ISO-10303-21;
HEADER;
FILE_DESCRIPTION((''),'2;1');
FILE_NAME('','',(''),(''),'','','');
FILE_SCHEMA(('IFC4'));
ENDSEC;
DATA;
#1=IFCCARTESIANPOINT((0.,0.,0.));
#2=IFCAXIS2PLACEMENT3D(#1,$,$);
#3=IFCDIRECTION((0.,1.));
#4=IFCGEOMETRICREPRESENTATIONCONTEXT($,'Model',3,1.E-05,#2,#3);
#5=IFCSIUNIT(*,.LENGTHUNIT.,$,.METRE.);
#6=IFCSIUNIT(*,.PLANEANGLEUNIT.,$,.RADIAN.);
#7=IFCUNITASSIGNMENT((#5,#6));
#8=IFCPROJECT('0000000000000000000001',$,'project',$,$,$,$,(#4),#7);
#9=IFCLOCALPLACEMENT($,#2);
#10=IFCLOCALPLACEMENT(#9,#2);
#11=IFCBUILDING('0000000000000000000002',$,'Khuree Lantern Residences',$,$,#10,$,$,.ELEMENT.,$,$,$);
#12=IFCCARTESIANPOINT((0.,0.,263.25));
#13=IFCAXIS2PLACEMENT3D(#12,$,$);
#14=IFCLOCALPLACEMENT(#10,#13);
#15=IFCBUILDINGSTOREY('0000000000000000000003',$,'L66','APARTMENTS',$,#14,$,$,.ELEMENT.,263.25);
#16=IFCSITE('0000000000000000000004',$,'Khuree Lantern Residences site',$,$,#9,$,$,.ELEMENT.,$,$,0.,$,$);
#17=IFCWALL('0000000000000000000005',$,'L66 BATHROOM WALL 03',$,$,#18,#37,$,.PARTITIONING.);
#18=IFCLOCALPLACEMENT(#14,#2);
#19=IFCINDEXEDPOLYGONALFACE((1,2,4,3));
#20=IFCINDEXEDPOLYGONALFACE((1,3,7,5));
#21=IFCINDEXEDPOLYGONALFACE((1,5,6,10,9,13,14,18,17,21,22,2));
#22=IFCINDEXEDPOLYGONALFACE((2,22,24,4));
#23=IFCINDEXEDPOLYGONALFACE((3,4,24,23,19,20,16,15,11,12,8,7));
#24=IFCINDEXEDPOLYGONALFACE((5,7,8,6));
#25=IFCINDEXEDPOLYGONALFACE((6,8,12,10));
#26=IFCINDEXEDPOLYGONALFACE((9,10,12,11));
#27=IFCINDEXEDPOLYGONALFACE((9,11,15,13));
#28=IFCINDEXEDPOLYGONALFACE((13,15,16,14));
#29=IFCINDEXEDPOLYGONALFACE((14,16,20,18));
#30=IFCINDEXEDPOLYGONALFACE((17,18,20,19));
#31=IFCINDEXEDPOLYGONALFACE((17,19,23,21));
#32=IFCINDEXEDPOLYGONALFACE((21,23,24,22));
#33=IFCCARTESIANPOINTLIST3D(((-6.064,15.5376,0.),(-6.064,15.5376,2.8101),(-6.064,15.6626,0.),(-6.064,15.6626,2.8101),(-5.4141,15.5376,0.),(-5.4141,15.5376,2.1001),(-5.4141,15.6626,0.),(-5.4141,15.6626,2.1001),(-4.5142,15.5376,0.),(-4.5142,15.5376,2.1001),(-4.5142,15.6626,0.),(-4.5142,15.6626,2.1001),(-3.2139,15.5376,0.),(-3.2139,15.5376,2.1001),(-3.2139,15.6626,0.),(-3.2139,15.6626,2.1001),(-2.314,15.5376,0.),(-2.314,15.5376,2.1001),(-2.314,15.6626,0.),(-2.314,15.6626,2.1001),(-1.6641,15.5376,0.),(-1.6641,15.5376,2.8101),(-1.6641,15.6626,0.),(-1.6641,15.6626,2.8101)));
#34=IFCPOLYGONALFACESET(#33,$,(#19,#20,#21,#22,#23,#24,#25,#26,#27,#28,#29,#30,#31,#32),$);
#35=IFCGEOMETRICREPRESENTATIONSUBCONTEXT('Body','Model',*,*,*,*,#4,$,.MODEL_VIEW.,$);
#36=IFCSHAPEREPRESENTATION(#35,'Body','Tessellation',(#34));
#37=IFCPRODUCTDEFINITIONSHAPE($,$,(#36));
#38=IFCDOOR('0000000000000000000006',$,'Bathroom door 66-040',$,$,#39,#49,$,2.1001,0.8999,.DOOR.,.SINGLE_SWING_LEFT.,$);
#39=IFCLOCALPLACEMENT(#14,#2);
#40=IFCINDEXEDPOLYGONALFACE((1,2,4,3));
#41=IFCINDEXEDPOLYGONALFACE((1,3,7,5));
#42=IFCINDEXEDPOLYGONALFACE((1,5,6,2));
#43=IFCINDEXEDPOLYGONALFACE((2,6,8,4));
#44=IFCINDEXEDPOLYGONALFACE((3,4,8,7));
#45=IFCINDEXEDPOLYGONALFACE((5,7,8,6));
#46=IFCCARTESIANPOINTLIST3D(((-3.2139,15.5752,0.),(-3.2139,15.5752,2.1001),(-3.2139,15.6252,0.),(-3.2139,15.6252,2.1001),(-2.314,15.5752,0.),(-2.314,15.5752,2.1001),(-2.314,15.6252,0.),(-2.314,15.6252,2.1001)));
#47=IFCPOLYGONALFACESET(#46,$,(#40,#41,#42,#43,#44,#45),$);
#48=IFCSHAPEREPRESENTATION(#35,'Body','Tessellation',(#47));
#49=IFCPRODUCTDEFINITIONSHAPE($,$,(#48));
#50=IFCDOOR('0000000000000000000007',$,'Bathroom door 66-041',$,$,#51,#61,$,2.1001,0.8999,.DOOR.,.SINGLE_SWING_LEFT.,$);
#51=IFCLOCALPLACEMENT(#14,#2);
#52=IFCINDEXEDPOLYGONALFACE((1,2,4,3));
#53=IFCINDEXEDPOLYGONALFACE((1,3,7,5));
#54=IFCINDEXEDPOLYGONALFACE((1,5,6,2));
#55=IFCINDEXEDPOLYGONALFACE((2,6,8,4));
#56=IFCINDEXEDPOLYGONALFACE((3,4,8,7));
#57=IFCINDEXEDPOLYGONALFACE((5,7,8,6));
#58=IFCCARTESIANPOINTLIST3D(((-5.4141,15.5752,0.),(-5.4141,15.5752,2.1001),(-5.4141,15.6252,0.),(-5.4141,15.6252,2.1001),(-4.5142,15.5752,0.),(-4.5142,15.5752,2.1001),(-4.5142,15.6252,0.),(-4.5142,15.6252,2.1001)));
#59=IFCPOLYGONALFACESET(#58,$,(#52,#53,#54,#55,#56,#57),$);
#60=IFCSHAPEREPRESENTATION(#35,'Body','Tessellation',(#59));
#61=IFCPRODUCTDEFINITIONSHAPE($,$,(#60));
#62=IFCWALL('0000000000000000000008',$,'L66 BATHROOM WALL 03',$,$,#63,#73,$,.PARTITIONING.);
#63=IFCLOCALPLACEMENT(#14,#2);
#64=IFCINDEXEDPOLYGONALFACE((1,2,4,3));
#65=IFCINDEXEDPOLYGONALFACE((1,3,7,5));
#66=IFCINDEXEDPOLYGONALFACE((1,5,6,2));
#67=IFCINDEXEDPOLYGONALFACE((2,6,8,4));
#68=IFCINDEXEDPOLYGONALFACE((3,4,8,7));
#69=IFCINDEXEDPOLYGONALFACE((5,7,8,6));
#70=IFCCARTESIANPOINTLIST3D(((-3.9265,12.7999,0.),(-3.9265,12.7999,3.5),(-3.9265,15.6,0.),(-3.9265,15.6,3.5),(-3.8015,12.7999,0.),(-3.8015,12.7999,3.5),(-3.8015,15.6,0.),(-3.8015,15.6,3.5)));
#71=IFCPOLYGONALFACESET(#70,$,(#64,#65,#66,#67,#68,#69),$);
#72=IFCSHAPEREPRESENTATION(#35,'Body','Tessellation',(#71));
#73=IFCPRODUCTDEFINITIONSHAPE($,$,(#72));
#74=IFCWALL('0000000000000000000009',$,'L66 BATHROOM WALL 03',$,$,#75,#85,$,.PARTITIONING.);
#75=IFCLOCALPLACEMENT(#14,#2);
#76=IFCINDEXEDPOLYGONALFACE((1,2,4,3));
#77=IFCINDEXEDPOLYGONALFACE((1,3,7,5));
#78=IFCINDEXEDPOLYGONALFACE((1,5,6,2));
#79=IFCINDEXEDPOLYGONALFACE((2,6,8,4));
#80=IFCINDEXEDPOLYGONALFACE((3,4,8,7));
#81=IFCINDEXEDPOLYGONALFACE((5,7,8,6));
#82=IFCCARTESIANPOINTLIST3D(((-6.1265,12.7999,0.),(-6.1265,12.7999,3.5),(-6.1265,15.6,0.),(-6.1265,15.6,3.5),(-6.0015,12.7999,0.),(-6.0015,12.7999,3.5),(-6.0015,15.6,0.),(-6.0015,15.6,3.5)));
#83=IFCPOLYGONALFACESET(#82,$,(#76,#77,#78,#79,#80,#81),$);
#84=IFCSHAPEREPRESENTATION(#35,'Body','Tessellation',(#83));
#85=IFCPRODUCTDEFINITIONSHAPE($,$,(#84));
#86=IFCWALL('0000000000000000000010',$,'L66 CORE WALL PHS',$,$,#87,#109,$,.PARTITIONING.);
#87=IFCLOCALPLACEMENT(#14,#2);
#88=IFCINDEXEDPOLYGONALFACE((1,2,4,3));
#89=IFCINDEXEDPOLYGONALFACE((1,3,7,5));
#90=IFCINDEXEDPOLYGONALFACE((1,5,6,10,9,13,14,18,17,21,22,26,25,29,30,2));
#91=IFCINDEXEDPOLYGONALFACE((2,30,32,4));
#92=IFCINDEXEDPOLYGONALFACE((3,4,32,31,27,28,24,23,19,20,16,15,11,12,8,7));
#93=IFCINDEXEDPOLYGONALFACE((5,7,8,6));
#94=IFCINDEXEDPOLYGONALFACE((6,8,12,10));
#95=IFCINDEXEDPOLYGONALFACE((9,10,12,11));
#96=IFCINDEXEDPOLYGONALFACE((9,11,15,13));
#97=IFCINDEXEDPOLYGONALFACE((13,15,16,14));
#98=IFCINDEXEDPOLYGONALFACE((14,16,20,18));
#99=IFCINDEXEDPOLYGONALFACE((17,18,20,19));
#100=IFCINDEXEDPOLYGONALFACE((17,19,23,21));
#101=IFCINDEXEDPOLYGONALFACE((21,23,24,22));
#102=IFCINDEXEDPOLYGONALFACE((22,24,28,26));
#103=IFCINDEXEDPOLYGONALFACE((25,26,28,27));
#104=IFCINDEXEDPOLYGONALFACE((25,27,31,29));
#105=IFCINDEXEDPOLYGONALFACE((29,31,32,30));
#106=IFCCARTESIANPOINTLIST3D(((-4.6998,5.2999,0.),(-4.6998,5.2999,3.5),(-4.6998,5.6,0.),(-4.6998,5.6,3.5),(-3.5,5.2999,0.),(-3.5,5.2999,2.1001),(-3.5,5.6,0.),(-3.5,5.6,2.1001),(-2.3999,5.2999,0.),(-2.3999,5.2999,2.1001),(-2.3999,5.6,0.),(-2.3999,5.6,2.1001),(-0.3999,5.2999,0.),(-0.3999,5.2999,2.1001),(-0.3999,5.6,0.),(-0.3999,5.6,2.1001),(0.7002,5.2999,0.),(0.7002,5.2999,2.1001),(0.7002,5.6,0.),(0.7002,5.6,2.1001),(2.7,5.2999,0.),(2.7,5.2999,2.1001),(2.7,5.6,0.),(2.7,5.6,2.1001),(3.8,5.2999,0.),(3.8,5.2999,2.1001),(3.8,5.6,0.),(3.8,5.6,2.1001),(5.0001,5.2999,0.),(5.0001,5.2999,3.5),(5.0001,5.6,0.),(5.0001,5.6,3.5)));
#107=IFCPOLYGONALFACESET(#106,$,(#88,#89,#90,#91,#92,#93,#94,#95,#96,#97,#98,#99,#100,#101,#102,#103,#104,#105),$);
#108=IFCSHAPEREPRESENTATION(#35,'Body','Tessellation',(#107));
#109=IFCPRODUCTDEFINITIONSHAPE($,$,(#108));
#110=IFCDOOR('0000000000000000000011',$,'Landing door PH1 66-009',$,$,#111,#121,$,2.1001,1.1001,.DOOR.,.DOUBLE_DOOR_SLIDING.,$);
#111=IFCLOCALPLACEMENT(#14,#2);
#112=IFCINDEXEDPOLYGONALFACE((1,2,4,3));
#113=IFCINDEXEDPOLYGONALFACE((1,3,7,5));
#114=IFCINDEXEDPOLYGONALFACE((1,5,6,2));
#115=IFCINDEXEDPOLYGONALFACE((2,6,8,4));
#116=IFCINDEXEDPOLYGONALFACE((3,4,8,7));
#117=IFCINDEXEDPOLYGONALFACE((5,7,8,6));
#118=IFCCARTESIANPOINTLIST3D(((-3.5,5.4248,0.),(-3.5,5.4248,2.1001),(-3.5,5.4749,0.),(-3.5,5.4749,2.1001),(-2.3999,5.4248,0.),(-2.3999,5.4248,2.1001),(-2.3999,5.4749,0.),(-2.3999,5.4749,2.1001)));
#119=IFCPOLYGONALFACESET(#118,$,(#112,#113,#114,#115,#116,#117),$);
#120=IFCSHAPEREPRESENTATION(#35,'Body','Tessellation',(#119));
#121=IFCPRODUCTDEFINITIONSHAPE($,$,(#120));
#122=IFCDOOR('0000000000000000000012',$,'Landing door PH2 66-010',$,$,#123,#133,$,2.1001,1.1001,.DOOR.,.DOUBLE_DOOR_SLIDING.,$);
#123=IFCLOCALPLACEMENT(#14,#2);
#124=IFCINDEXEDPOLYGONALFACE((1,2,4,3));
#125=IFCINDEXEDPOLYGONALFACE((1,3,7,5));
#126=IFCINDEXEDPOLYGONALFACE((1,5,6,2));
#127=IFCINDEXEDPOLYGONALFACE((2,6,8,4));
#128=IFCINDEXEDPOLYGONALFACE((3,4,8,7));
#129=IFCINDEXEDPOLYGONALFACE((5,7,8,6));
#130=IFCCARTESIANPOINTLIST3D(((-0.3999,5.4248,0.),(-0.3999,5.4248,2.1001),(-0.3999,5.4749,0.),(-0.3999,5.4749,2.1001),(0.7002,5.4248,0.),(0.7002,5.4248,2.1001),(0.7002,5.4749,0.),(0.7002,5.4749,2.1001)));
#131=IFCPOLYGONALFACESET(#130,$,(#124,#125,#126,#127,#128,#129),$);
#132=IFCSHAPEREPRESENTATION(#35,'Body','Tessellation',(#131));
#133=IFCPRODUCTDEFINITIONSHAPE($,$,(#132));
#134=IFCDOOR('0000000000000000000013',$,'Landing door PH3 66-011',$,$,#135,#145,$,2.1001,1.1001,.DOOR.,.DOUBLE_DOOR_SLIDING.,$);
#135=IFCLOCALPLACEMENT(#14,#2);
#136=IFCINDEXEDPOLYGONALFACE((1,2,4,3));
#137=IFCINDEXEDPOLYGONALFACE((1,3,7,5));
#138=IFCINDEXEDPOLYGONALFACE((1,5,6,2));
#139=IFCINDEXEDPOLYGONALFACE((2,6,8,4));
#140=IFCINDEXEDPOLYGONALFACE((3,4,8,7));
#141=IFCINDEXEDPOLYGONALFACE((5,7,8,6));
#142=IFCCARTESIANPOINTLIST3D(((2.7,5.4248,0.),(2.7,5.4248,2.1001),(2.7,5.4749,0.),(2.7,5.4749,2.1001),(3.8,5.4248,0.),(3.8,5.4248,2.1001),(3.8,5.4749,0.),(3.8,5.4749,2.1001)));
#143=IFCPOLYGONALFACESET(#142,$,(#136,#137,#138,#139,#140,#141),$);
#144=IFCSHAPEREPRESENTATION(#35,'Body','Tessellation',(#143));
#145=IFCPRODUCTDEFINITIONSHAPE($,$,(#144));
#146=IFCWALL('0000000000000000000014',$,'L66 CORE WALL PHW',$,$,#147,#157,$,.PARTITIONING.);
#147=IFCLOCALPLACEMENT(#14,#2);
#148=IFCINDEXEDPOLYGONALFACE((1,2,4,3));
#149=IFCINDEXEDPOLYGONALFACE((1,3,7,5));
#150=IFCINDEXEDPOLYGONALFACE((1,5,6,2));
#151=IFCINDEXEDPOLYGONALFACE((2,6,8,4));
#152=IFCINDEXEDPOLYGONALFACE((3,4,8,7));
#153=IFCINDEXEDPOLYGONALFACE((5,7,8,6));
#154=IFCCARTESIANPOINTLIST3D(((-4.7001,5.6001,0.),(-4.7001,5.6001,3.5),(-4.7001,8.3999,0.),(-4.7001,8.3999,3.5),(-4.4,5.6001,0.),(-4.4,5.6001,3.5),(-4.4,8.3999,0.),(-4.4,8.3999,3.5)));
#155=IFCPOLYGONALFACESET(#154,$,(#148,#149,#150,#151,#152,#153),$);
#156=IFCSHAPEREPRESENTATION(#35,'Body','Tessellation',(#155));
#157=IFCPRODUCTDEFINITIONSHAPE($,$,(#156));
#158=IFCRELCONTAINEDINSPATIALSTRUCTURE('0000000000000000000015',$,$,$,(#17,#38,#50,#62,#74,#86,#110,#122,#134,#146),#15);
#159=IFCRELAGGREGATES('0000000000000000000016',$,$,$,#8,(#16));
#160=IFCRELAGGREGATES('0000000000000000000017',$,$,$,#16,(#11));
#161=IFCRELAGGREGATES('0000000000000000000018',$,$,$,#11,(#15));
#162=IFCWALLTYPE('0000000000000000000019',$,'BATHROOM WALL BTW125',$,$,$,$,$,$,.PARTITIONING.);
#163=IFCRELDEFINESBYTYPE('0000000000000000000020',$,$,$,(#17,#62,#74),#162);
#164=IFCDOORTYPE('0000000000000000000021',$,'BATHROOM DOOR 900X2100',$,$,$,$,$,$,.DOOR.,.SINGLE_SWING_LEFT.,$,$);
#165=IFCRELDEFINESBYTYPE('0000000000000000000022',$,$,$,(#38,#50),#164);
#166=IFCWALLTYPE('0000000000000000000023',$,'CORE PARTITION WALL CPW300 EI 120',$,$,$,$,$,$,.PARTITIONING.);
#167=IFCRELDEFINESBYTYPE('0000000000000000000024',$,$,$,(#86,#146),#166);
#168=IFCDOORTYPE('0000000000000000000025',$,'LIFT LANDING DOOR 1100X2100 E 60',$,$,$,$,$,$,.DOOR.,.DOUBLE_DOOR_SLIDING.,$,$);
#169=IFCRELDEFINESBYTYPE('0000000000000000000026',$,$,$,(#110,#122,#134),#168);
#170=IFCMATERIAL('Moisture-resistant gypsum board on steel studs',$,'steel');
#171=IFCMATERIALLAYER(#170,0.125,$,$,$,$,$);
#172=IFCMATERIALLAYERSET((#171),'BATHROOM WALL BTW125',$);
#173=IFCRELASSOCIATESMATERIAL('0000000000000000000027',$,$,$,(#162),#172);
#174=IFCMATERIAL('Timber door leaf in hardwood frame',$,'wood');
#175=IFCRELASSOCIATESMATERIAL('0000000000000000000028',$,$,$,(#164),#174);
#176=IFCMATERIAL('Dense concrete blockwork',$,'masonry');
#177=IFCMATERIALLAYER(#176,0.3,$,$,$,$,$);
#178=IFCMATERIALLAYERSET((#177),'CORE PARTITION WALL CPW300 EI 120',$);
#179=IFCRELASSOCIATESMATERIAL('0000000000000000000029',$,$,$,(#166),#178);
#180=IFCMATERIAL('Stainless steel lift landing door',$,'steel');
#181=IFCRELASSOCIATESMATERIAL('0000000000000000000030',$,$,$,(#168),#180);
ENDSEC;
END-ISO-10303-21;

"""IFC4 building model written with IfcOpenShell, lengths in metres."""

from ifc_helpers import new_model, si_unit, direction, frame, frame_2d, origin, place, context, subcontext, project, spatial, rectangle, extrude, material, layer, layer_set, type_object, element, fill, save


model = new_model("IFC4")

# Units and contexts
model_context = context("Model", 3, precision=1e-05, world=origin(), true_north=direction((0.0, 1.0)))
body_context = subcontext(model_context, "Body", "Model", "MODEL_VIEW")
ifc_project = project(units=[si_unit("LENGTHUNIT", "METRE"), si_unit("PLANEANGLEUNIT", "RADIAN")], contexts=[model_context])

# Site, building, storey
site_placement = place(None, origin())
site = spatial("IfcSite", under=ifc_project, at=site_placement, Name="Khuree Lantern Residences site", CompositionType="ELEMENT", RefElevation=0.0)
building_placement = place(site_placement, origin())
building = spatial("IfcBuilding", under=site, at=building_placement, Name="Khuree Lantern Residences", CompositionType="ELEMENT")
storey_placement = place(building_placement, frame((0.0, 0.0, 263.25)))
storey = spatial("IfcBuildingStorey", under=building, at=storey_placement, Name="L66", Description="APARTMENTS", CompositionType="ELEMENT", Elevation=263.25)

# Wall, openings, doors
ifc_material_1 = material(Name="Moisture-resistant gypsum board on steel studs", Category="steel")
ifc_layer_1 = layer(ifc_material_1, 0.125)
ifc_layer_set_1 = layer_set([ifc_layer_1], Name="BATHROOM WALL BTW125")
wall_type_1 = type_object("IfcWallType", Name="BATHROOM WALL BTW125", PredefinedType="PARTITIONING", material=ifc_layer_set_1)
wall_1_placement = place(storey_placement, frame((-1.6641, 15.6001, 0.0), z_axis=(0.0, 0.0, 1.0), x_axis=(-1.0, 0.0, 0.0)))
wall_1 = element("IfcWall", 1, at=wall_1_placement, inside=storey, type_object=wall_type_1, Name="L66 BATHROOM WALL 03", PredefinedType="PARTITIONING", context=body_context, shape_type="SweptSolid", body=[
    extrude(rectangle(XDim=4.3999, YDim=0.125, at=frame_2d((2.2, 0.0))), origin(), (0.0, 0.0, 1.0), 2.8101),
])
opening_1_placement = place(wall_1_placement, frame((0.6499, 0.0, 0.0)))
opening_1 = element("IfcOpeningElement", 2, at=opening_1_placement, cuts=wall_1, PredefinedType="OPENING", context=body_context, shape_type="SweptSolid", body=[
    extrude(rectangle(XDim=0.8999, YDim=2.1001, at=frame_2d((0.45, 1.05))), frame((0.0, 0.0725, 0.0), z_axis=(0.0, -1.0, 0.0), x_axis=(1.0, 0.0, 0.0)), (0.0, 0.0, 1.0), 0.145),
])
opening_2_placement = place(wall_1_placement, frame((2.8501, 0.0, 0.0)))
opening_2 = element("IfcOpeningElement", 3, at=opening_2_placement, cuts=wall_1, PredefinedType="OPENING", context=body_context, shape_type="SweptSolid", body=[
    extrude(rectangle(XDim=0.8999, YDim=2.1001, at=frame_2d((0.45, 1.05))), frame((0.0, 0.0725, 0.0), z_axis=(0.0, -1.0, 0.0), x_axis=(1.0, 0.0, 0.0)), (0.0, 0.0, 1.0), 0.145),
])
ifc_material_2 = material(Name="Timber door leaf in hardwood frame", Category="wood")
door_type_1 = type_object("IfcDoorType", Name="BATHROOM DOOR 900X2100", OperationType="SINGLE_SWING_LEFT", PredefinedType="DOOR", material=ifc_material_2)
door_1_placement = place(opening_1_placement, origin())
door_1 = element("IfcDoor", 4, at=door_1_placement, inside=storey, type_object=door_type_1, Name="Bathroom door 66-040", OperationType="SINGLE_SWING_LEFT", OverallHeight=2.1001, OverallWidth=0.8999, PredefinedType="DOOR", context=body_context, shape_type="SweptSolid", body=[
    extrude(rectangle(XDim=0.8999, YDim=2.1001, at=frame_2d((0.45, 1.05))), frame((0.0, 0.0249, 0.0), z_axis=(0.0, -1.0, 0.0), x_axis=(1.0, 0.0, 0.0)), (0.0, 0.0, 1.0), 0.05),
])
fill(opening_1, door_1)
door_2_placement = place(opening_2_placement, origin())
door_2 = element("IfcDoor", 5, at=door_2_placement, inside=storey, type_object=door_type_1, Name="Bathroom door 66-041", OperationType="SINGLE_SWING_LEFT", OverallHeight=2.1001, OverallWidth=0.8999, PredefinedType="DOOR", context=body_context, shape_type="SweptSolid", body=[
    extrude(rectangle(XDim=0.8999, YDim=2.1001, at=frame_2d((0.45, 1.05))), frame((0.0, 0.0249, 0.0), z_axis=(0.0, -1.0, 0.0), x_axis=(1.0, 0.0, 0.0)), (0.0, 0.0, 1.0), 0.05),
])
fill(opening_2, door_2)

# Walls
for number, where, z_axis, x_axis, name in (
    (6, (-3.864, 12.8, 0.0), (0.0, 0.0, 1.0), (0.0, 1.0, 0.0), "L66 BATHROOM WALL 03"),
    (7, (-6.064, 12.8, 0.0), (0.0, 0.0, 1.0), (0.0, 1.0, 0.0), "L66 BATHROOM WALL 03"),
):
    element("IfcWall", number, at=place(storey_placement, frame(where, z_axis=z_axis, x_axis=x_axis)), inside=storey, type_object=wall_type_1, Name=name, PredefinedType="PARTITIONING", context=body_context, shape_type="SweptSolid", body=[
        extrude(rectangle(XDim=2.8, YDim=0.125, at=frame_2d((1.3999, 0.0))), origin(), (0.0, 0.0, 1.0), 3.5),
    ])

# Wall, openings, doors
ifc_material_3 = material(Name="Dense concrete blockwork", Category="masonry")
ifc_layer_2 = layer(ifc_material_3, 0.3)
ifc_layer_set_2 = layer_set([ifc_layer_2], Name="CORE PARTITION WALL CPW300 EI 120")
wall_type_2 = type_object("IfcWallType", Name="CORE PARTITION WALL CPW300 EI 120", PredefinedType="PARTITIONING", material=ifc_layer_set_2)
wall_2_placement = place(storey_placement, frame((-4.7, 5.45, 0.0), z_axis=(0.0, 0.0, 1.0), x_axis=(1.0, 0.0, 0.0)))
wall_2 = element("IfcWall", 8, at=wall_2_placement, inside=storey, type_object=wall_type_2, Name="L66 CORE WALL PHS", PredefinedType="PARTITIONING", context=body_context, shape_type="SweptSolid", body=[
    extrude(rectangle(XDim=9.7, YDim=0.3, at=frame_2d((4.8501, 0.0))), origin(), (0.0, 0.0, 1.0), 3.5),
])
opening_3_placement = place(wall_2_placement, frame((1.2, 0.0, 0.0)))
opening_3 = element("IfcOpeningElement", 9, at=opening_3_placement, cuts=wall_2, PredefinedType="OPENING", context=body_context, shape_type="SweptSolid", body=[
    extrude(rectangle(XDim=1.1001, YDim=2.1001, at=frame_2d((0.55, 1.05))), frame((0.0, 0.1602, 0.0), z_axis=(0.0, -1.0, 0.0), x_axis=(1.0, 0.0, 0.0)), (0.0, 0.0, 1.0), 0.3201),
])
opening_4_placement = place(wall_2_placement, frame((4.3, 0.0, 0.0)))
opening_4 = element("IfcOpeningElement", 10, at=opening_4_placement, cuts=wall_2, PredefinedType="OPENING", context=body_context, shape_type="SweptSolid", body=[
    extrude(rectangle(XDim=1.1001, YDim=2.1001, at=frame_2d((0.55, 1.05))), frame((0.0, 0.1602, 0.0), z_axis=(0.0, -1.0, 0.0), x_axis=(1.0, 0.0, 0.0)), (0.0, 0.0, 1.0), 0.3201),
])
opening_5_placement = place(wall_2_placement, frame((7.3999, 0.0, 0.0)))
opening_5 = element("IfcOpeningElement", 11, at=opening_5_placement, cuts=wall_2, PredefinedType="OPENING", context=body_context, shape_type="SweptSolid", body=[
    extrude(rectangle(XDim=1.1001, YDim=2.1001, at=frame_2d((0.55, 1.05))), frame((0.0, 0.1602, 0.0), z_axis=(0.0, -1.0, 0.0), x_axis=(1.0, 0.0, 0.0)), (0.0, 0.0, 1.0), 0.3201),
])
ifc_material_4 = material(Name="Stainless steel lift landing door", Category="steel")
door_type_2 = type_object("IfcDoorType", Name="LIFT LANDING DOOR 1100X2100 E 60", OperationType="DOUBLE_DOOR_SLIDING", PredefinedType="DOOR", material=ifc_material_4)
door_3_placement = place(opening_3_placement, origin())
door_3 = element("IfcDoor", 12, at=door_3_placement, inside=storey, type_object=door_type_2, Name="Landing door PH1 66-009", OperationType="DOUBLE_DOOR_SLIDING", OverallHeight=2.1001, OverallWidth=1.1001, PredefinedType="DOOR", context=body_context, shape_type="SweptSolid", body=[
    extrude(rectangle(XDim=1.1001, YDim=2.1001, at=frame_2d((0.55, 1.05))), frame((0.0, 0.0249, 0.0), z_axis=(0.0, -1.0, 0.0), x_axis=(1.0, 0.0, 0.0)), (0.0, 0.0, 1.0), 0.05),
])
fill(opening_3, door_3)
door_4_placement = place(opening_4_placement, origin())
door_4 = element("IfcDoor", 13, at=door_4_placement, inside=storey, type_object=door_type_2, Name="Landing door PH2 66-010", OperationType="DOUBLE_DOOR_SLIDING", OverallHeight=2.1001, OverallWidth=1.1001, PredefinedType="DOOR", context=body_context, shape_type="SweptSolid", body=[
    extrude(rectangle(XDim=1.1001, YDim=2.1001, at=frame_2d((0.55, 1.05))), frame((0.0, 0.0249, 0.0), z_axis=(0.0, -1.0, 0.0), x_axis=(1.0, 0.0, 0.0)), (0.0, 0.0, 1.0), 0.05),
])
fill(opening_4, door_4)
door_5_placement = place(opening_5_placement, origin())
door_5 = element("IfcDoor", 14, at=door_5_placement, inside=storey, type_object=door_type_2, Name="Landing door PH3 66-011", OperationType="DOUBLE_DOOR_SLIDING", OverallHeight=2.1001, OverallWidth=1.1001, PredefinedType="DOOR", context=body_context, shape_type="SweptSolid", body=[
    extrude(rectangle(XDim=1.1001, YDim=2.1001, at=frame_2d((0.55, 1.05))), frame((0.0, 0.0249, 0.0), z_axis=(0.0, -1.0, 0.0), x_axis=(1.0, 0.0, 0.0)), (0.0, 0.0, 1.0), 0.05),
])
fill(opening_5, door_5)

# Wall
wall_3_placement = place(storey_placement, frame((-4.55, 5.6001, 0.0), z_axis=(0.0, 0.0, 1.0), x_axis=(0.0, 1.0, 0.0)))
element("IfcWall", 15, at=wall_3_placement, inside=storey, type_object=wall_type_2, Name="L66 CORE WALL PHW", PredefinedType="PARTITIONING", context=body_context, shape_type="SweptSolid", body=[
    extrude(rectangle(XDim=2.7998, YDim=0.3, at=frame_2d((1.3999, 0.0))), origin(), (0.0, 0.0, 1.0), 3.5),
])

save(model, "model.ifc")
